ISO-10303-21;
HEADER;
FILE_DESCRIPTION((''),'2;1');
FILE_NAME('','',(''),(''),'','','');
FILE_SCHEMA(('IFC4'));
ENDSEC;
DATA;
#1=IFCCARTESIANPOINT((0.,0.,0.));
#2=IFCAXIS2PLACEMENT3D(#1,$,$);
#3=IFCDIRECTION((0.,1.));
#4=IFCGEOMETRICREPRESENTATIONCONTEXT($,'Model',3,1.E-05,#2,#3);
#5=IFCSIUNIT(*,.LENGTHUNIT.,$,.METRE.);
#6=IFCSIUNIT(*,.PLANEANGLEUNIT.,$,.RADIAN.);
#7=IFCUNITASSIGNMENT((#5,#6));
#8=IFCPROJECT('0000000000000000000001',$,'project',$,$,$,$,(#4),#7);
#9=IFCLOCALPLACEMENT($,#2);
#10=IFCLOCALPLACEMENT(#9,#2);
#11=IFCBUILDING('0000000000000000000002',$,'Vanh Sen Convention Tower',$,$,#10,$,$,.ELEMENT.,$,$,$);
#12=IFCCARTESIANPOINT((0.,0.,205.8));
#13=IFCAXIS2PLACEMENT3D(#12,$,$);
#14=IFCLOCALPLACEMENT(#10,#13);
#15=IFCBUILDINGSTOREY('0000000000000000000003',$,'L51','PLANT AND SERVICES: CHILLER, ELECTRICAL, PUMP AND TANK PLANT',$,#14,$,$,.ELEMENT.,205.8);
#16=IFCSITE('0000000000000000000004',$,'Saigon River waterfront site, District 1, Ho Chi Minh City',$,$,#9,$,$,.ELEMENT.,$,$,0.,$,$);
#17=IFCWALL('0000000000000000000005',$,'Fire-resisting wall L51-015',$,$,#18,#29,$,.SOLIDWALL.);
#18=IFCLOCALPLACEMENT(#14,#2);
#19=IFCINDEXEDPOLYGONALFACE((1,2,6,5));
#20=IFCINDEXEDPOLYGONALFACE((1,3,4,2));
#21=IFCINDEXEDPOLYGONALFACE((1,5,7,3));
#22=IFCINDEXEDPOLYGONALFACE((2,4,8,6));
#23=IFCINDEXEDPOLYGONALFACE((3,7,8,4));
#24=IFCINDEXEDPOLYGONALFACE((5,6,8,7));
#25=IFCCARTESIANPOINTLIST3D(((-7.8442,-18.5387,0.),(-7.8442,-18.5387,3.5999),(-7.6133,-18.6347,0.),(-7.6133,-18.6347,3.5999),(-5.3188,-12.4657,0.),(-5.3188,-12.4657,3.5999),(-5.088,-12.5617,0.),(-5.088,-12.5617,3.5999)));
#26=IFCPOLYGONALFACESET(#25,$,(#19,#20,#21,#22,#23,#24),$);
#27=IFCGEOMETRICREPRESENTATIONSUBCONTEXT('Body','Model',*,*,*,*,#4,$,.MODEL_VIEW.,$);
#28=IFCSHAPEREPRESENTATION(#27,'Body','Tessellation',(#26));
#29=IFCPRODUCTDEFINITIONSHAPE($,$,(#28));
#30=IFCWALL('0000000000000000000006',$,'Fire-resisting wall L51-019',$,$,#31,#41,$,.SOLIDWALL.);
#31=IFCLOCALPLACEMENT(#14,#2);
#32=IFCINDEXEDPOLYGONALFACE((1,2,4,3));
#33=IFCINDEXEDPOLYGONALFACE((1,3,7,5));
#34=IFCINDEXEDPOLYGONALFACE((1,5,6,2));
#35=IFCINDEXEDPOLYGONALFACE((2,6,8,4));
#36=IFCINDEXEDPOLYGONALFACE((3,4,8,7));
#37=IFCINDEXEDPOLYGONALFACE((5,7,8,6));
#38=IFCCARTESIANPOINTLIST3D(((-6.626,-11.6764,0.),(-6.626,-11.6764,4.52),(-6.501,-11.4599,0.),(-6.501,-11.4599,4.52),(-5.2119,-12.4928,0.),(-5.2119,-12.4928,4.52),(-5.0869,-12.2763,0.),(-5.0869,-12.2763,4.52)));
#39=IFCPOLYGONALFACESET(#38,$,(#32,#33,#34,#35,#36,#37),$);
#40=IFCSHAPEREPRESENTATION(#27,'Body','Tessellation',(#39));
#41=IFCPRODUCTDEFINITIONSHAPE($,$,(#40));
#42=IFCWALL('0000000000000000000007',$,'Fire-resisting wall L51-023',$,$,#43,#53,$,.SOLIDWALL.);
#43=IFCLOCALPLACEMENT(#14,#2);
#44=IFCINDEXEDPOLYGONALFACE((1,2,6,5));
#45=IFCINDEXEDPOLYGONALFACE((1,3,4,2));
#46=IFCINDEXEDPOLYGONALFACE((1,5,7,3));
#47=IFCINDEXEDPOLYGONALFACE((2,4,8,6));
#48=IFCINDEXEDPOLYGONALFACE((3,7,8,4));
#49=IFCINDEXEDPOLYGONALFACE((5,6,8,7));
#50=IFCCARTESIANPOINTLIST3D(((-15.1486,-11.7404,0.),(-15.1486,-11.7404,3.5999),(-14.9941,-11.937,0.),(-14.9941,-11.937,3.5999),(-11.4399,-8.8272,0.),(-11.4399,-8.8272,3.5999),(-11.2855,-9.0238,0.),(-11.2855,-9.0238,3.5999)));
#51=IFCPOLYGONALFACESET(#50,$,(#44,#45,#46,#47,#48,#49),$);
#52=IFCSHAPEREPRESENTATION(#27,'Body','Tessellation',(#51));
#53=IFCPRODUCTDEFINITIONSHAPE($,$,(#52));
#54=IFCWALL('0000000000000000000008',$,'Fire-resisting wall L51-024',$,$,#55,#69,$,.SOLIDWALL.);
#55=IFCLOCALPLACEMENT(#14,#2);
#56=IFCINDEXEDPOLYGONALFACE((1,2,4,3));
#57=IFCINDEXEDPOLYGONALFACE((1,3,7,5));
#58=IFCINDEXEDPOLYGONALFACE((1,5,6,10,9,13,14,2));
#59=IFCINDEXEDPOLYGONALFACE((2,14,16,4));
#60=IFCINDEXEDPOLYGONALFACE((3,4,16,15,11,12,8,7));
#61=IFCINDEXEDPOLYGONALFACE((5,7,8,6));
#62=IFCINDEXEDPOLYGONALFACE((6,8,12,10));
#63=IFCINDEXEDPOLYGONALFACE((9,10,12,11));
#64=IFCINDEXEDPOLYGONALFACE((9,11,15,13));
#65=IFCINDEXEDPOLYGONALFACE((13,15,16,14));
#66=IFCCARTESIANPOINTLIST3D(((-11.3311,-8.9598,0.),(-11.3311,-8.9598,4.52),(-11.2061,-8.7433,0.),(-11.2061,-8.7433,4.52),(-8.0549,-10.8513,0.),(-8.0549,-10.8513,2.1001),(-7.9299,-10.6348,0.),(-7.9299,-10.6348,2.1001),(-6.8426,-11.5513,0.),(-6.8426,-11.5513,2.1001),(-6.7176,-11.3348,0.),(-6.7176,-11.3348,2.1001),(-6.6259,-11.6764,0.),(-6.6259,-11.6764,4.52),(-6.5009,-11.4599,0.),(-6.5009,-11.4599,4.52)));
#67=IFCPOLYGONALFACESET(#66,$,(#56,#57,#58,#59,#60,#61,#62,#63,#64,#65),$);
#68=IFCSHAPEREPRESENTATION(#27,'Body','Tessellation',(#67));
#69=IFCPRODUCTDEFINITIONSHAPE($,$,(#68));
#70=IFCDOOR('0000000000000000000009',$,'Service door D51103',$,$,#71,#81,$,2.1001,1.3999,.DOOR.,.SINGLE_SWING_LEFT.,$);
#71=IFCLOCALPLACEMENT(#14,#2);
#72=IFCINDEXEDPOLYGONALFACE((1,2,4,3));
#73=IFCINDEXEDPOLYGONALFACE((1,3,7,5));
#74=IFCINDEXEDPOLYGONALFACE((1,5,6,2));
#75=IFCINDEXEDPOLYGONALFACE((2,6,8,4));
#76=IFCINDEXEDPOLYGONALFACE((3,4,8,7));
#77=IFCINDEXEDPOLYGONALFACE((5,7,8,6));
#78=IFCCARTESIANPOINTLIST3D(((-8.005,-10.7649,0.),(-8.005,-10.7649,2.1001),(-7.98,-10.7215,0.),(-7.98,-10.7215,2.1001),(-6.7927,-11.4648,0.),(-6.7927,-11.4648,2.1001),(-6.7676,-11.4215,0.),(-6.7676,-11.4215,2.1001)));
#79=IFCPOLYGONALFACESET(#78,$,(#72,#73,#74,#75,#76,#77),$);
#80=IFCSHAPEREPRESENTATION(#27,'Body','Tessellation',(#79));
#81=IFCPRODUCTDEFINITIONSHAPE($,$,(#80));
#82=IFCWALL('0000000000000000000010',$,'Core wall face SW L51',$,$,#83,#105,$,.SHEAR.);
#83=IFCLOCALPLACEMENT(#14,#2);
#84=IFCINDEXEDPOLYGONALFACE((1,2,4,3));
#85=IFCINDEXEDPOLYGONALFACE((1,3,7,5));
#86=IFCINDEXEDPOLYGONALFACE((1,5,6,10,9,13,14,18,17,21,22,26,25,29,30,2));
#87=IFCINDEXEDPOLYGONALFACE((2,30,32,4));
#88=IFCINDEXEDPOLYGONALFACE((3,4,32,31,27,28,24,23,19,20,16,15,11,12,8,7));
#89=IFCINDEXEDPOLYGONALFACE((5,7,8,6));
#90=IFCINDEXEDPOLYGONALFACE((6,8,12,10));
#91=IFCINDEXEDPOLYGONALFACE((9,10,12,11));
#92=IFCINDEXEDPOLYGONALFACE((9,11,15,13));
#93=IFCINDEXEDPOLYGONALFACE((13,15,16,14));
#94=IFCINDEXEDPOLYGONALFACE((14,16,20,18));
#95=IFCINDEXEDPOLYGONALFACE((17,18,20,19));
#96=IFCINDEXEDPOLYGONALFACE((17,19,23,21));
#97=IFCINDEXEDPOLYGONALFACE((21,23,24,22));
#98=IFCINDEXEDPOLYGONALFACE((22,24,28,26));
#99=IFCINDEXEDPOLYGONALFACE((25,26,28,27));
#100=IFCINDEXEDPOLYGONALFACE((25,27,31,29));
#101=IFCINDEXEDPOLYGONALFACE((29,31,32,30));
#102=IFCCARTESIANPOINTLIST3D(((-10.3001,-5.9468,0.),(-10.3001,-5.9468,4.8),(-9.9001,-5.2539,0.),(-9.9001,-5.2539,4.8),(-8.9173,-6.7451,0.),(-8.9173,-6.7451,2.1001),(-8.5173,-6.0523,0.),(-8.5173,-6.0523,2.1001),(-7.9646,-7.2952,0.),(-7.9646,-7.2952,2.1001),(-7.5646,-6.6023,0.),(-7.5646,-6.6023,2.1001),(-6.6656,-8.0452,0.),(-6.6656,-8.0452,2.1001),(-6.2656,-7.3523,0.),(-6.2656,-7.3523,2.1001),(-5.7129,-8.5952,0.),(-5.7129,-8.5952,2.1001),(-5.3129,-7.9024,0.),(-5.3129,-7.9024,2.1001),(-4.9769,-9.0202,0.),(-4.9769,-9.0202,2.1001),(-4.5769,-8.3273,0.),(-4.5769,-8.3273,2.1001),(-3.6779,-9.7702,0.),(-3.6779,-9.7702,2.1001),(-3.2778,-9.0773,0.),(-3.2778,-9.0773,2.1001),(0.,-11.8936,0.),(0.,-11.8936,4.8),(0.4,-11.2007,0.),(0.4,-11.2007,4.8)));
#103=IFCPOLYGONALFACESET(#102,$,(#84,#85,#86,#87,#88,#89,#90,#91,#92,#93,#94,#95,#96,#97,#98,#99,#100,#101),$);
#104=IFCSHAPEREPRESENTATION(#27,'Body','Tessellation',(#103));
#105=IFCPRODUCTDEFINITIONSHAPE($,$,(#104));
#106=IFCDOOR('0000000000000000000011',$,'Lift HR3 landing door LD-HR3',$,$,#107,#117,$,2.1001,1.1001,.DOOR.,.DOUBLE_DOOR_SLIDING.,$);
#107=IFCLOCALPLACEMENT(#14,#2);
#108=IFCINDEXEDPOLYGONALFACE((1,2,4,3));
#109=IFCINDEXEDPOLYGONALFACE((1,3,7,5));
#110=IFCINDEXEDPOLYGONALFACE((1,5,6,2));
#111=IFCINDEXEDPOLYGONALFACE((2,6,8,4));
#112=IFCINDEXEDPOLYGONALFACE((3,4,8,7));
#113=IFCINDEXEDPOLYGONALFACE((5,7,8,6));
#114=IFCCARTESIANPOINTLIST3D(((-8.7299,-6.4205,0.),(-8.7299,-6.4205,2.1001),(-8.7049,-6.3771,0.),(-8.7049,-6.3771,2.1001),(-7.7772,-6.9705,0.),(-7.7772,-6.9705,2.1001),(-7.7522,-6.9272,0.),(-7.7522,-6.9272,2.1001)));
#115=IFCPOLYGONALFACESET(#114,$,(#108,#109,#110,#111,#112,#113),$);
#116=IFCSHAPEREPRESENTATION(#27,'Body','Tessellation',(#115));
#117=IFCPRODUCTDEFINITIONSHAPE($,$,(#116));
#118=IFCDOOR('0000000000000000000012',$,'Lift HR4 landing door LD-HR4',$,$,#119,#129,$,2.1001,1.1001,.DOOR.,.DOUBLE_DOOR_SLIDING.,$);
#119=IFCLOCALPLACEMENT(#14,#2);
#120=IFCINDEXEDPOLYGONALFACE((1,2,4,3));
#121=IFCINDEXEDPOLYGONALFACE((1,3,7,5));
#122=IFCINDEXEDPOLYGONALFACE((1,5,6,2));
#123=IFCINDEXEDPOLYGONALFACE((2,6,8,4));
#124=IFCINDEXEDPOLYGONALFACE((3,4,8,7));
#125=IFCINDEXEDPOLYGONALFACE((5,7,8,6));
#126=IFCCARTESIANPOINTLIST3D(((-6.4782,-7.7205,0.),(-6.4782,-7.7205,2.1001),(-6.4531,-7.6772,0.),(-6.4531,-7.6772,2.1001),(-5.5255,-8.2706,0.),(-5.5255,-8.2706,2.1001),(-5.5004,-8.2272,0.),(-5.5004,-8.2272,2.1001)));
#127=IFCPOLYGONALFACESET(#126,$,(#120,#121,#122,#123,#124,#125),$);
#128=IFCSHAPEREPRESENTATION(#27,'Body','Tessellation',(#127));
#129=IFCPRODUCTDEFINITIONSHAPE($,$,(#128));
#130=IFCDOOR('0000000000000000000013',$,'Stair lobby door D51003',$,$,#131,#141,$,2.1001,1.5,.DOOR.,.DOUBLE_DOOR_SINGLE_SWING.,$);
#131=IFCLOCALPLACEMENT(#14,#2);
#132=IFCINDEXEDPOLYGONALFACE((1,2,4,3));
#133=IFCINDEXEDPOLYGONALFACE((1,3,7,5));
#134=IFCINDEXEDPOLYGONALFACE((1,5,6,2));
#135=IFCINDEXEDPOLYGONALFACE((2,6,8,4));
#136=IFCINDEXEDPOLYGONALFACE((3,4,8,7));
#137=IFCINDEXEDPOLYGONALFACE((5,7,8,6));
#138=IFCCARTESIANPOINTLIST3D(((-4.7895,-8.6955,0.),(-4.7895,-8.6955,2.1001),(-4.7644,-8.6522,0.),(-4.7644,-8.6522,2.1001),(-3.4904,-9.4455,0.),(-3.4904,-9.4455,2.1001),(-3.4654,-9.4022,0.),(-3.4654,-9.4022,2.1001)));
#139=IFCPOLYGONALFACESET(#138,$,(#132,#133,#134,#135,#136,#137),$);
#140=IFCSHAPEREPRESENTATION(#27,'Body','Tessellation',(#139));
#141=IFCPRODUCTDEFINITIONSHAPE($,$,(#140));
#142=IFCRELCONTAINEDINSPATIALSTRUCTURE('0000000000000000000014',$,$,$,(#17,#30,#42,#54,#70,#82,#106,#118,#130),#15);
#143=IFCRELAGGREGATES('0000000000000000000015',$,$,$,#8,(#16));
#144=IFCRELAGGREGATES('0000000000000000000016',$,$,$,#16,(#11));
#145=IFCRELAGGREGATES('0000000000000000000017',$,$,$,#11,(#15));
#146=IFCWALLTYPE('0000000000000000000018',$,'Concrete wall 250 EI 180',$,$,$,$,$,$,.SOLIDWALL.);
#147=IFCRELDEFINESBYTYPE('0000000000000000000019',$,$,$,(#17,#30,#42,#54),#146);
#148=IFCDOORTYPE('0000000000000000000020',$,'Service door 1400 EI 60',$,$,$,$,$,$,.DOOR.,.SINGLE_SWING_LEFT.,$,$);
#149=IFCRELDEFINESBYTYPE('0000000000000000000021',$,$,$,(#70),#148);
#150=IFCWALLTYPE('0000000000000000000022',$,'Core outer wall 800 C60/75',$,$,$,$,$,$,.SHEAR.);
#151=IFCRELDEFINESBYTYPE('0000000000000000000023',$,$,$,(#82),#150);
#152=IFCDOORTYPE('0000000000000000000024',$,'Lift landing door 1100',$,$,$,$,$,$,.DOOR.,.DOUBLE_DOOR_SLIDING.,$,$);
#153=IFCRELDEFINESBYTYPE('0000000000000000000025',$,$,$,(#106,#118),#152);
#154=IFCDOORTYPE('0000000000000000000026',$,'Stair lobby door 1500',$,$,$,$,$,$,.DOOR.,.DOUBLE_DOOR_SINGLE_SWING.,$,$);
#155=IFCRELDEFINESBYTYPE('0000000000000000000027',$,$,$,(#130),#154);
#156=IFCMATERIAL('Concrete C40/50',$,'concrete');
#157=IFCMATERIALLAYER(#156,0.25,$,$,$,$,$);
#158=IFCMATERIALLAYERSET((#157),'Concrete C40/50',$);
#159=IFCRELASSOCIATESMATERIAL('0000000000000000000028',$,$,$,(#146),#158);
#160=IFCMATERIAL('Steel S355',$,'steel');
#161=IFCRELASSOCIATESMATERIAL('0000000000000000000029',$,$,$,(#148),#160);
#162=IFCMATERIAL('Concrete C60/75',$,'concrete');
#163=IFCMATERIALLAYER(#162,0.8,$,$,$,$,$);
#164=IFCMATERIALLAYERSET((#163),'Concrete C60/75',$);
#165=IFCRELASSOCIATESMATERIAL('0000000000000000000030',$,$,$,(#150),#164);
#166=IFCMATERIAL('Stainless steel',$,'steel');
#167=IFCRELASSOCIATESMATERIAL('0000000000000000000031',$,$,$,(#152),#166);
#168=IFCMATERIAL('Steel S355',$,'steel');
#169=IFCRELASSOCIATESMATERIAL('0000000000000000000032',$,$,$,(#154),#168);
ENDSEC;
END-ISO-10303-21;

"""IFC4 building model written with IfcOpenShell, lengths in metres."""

from ifc_helpers import new_model, si_unit, direction, frame, frame_2d, origin, place, context, subcontext, project, spatial, rectangle, extrude, material, layer, layer_set, type_object, element, fill, save


model = new_model("IFC4")

# Units and contexts
model_context = context("Model", 3, precision=1e-05, world=origin(), true_north=direction((0.0, 1.0)))
body_context = subcontext(model_context, "Body", "Model", "MODEL_VIEW")
ifc_project = project(units=[si_unit("LENGTHUNIT", "METRE"), si_unit("PLANEANGLEUNIT", "RADIAN")], contexts=[model_context])

# Site, building, storey
site_placement = place(None, origin())
site = spatial("IfcSite", under=ifc_project, at=site_placement, Name="Saigon River waterfront site, District 1, Ho Chi Minh City", CompositionType="ELEMENT", RefElevation=0.0)
building_placement = place(site_placement, origin())
building = spatial("IfcBuilding", under=site, at=building_placement, Name="Vanh Sen Convention Tower", CompositionType="ELEMENT")
storey_placement = place(building_placement, frame((0.0, 0.0, 205.8)))
storey = spatial("IfcBuildingStorey", under=building, at=storey_placement, Name="L51", Description="PLANT AND SERVICES: CHILLER, ELECTRICAL, PUMP AND TANK PLANT", CompositionType="ELEMENT", Elevation=205.8)

# Walls
ifc_material_1 = material(Name="Concrete C40/50", Category="concrete")
ifc_layer_1 = layer(ifc_material_1, 0.25)
ifc_layer_set_1 = layer_set([ifc_layer_1], Name="Concrete C40/50")
wall_type_1 = type_object("IfcWallType", Name="Concrete wall 250 EI 180", PredefinedType="SOLIDWALL", material=ifc_layer_set_1)
wall_1_placement = place(storey_placement, frame((-5.2034, -12.5137, 0.0), z_axis=(0.0, 0.0, 1.0), x_axis=(-0.383964, -0.923348, 0.0)))
element("IfcWall", 1, at=wall_1_placement, inside=storey, type_object=wall_type_1, Name="Fire-resisting wall L51-015", PredefinedType="SOLIDWALL", context=body_context, shape_type="SweptSolid", body=[
    extrude(rectangle(XDim=6.5771, YDim=0.25, at=frame_2d((3.2886, 0.0))), origin(), (0.0, 0.0, 1.0), 3.5999),
])
wall_2_placement = place(storey_placement, frame((-6.5635, -11.5681, 0.0), z_axis=(0.0, 0.0, 1.0), x_axis=(0.866026, -0.499999, 0.0)))
element("IfcWall", 2, at=wall_2_placement, inside=storey, type_object=wall_type_1, Name="Fire-resisting wall L51-019", PredefinedType="SOLIDWALL", context=body_context, shape_type="SweptSolid", body=[
    extrude(rectangle(XDim=1.6328, YDim=0.25, at=frame_2d((0.8164, 0.0))), origin(), (0.0, 0.0, 1.0), 4.52),
])
wall_3_placement = place(storey_placement, frame((-11.3628, -8.9255, 0.0), z_axis=(0.0, 0.0, 1.0), x_axis=(-0.786388, -0.617732, 0.0)))
element("IfcWall", 3, at=wall_3_placement, inside=storey, type_object=wall_type_1, Name="Fire-resisting wall L51-023", PredefinedType="SOLIDWALL", context=body_context, shape_type="SweptSolid", body=[
    extrude(rectangle(XDim=4.7161, YDim=0.25, at=frame_2d((2.3579, 0.0))), origin(), (0.0, 0.0, 1.0), 3.5999),
])

# Wall, opening, door
wall_4_placement = place(storey_placement, frame((-11.2686, -8.8516, 0.0), z_axis=(0.0, 0.0, 1.0), x_axis=(0.866019, -0.50001, 0.0)))
wall_4 = element("IfcWall", 4, at=wall_4_placement, inside=storey, type_object=wall_type_1, Name="Fire-resisting wall L51-024", PredefinedType="SOLIDWALL", context=body_context, shape_type="SweptSolid", body=[
    extrude(rectangle(XDim=5.4331, YDim=0.25, at=frame_2d((2.7166, 0.0))), origin(), (0.0, 0.0, 1.0), 4.52),
])
opening_1_placement = place(wall_4_placement, frame((3.783, 0.0, 0.0)))
opening_1 = element("IfcOpeningElement", 5, at=opening_1_placement, cuts=wall_4, PredefinedType="OPENING", context=body_context, shape_type="SweptSolid", body=[
    extrude(rectangle(XDim=1.3999, YDim=2.1001, at=frame_2d((0.7, 1.05))), frame((0.0, 0.135, 0.0), z_axis=(0.0, -1.0, 0.0), x_axis=(1.0, 0.0, 0.0)), (0.0, 0.0, 1.0), 0.27),
])
ifc_material_2 = material(Name="Steel S355", Category="steel")
door_type_1 = type_object("IfcDoorType", Name="Service door 1400 EI 60", OperationType="SINGLE_SWING_LEFT", PredefinedType="DOOR", material=ifc_material_2)
door_1_placement = place(opening_1_placement, origin())
door_1 = element("IfcDoor", 6, at=door_1_placement, inside=storey, type_object=door_type_1, Name="Service door D51103", OperationType="SINGLE_SWING_LEFT", OverallHeight=2.1001, OverallWidth=1.3999, PredefinedType="DOOR", context=body_context, shape_type="SweptSolid", body=[
    extrude(rectangle(XDim=1.3999, YDim=2.1001, at=frame_2d((0.7, 1.05))), frame((0.0, 0.0249, 0.0), z_axis=(0.0, -1.0, 0.0), x_axis=(1.0, 0.0, 0.0)), (0.0, 0.0, 1.0), 0.05),
])
fill(opening_1, door_1)

# Wall, openings, doors
ifc_material_3 = material(Name="Concrete C60/75", Category="concrete")
ifc_layer_2 = layer(ifc_material_3, 0.8)
ifc_layer_set_2 = layer_set([ifc_layer_2], Name="Concrete C60/75")
wall_type_2 = type_object("IfcWallType", Name="Core outer wall 800 C60/75", PredefinedType="SHEAR", material=ifc_layer_set_2)
wall_5_placement = place(storey_placement, frame((-10.1001, -5.6003, 0.0), z_axis=(0.0, 0.0, 1.0), x_axis=(0.866024, -0.500003, 0.0)))
wall_5 = element("IfcWall", 7, at=wall_5_placement, inside=storey, type_object=wall_type_2, Name="Core wall face SW L51", PredefinedType="SHEAR", context=body_context, shape_type="SweptSolid", body=[
    extrude(rectangle(XDim=11.8936, YDim=0.8, at=frame_2d((5.9468, 0.0))), origin(), (0.0, 0.0, 1.0), 4.8),
])
opening_2_placement = place(wall_5_placement, frame((6.1467, 0.0, 0.0)))
opening_2 = element("IfcOpeningElement", 8, at=opening_2_placement, cuts=wall_5, PredefinedType="OPENING", context=body_context, shape_type="SweptSolid", body=[
    extrude(rectangle(XDim=1.5, YDim=2.1001, at=frame_2d((0.75, 1.05))), frame((0.0, 0.4099, 0.0), z_axis=(0.0, -1.0, 0.0), x_axis=(1.0, 0.0, 0.0)), (0.0, 0.0, 1.0), 0.8201),
])
opening_3_placement = place(wall_5_placement, frame((1.5967, 0.0, 0.0)))
opening_3 = element("IfcOpeningElement", 9, at=opening_3_placement, cuts=wall_5, PredefinedType="OPENING", context=body_context, shape_type="SweptSolid", body=[
    extrude(rectangle(XDim=1.1001, YDim=2.1001, at=frame_2d((0.55, 1.05))), frame((0.0, 0.4099, 0.0), z_axis=(0.0, -1.0, 0.0), x_axis=(1.0, 0.0, 0.0)), (0.0, 0.0, 1.0), 0.8201),
])
opening_4_placement = place(wall_5_placement, frame((4.1968, 0.0, 0.0)))
opening_4 = element("IfcOpeningElement", 10, at=opening_4_placement, cuts=wall_5, PredefinedType="OPENING", context=body_context, shape_type="SweptSolid", body=[
    extrude(rectangle(XDim=1.1001, YDim=2.1001, at=frame_2d((0.55, 1.05))), frame((0.0, 0.4099, 0.0), z_axis=(0.0, -1.0, 0.0), x_axis=(1.0, 0.0, 0.0)), (0.0, 0.0, 1.0), 0.8201),
])
ifc_material_4 = material(Name="Stainless steel", Category="steel")
door_type_2 = type_object("IfcDoorType", Name="Lift landing door 1100", OperationType="DOUBLE_DOOR_SLIDING", PredefinedType="DOOR", material=ifc_material_4)
door_2_placement = place(opening_3_placement, origin())
door_2 = element("IfcDoor", 11, at=door_2_placement, inside=storey, type_object=door_type_2, Name="Lift HR3 landing door LD-HR3", OperationType="DOUBLE_DOOR_SLIDING", OverallHeight=2.1001, OverallWidth=1.1001, PredefinedType="DOOR", context=body_context, shape_type="SweptSolid", body=[
    extrude(rectangle(XDim=1.1001, YDim=2.1001, at=frame_2d((0.55, 1.05))), frame((0.0, 0.0249, 0.0), z_axis=(0.0, -1.0, 0.0), x_axis=(1.0, 0.0, 0.0)), (0.0, 0.0, 1.0), 0.05),
])
fill(opening_3, door_2)
door_3_placement = place(opening_4_placement, origin())
door_3 = element("IfcDoor", 12, at=door_3_placement, inside=storey, type_object=door_type_2, Name="Lift HR4 landing door LD-HR4", OperationType="DOUBLE_DOOR_SLIDING", OverallHeight=2.1001, OverallWidth=1.1001, PredefinedType="DOOR", context=body_context, shape_type="SweptSolid", body=[
    extrude(rectangle(XDim=1.1001, YDim=2.1001, at=frame_2d((0.55, 1.05))), frame((0.0, 0.0249, 0.0), z_axis=(0.0, -1.0, 0.0), x_axis=(1.0, 0.0, 0.0)), (0.0, 0.0, 1.0), 0.05),
])
fill(opening_4, door_3)
ifc_material_5 = material(Name="Steel S355", Category="steel")
door_type_3 = type_object("IfcDoorType", Name="Stair lobby door 1500", OperationType="DOUBLE_DOOR_SINGLE_SWING", PredefinedType="DOOR", material=ifc_material_5)
door_4_placement = place(opening_2_placement, origin())
door_4 = element("IfcDoor", 13, at=door_4_placement, inside=storey, type_object=door_type_3, Name="Stair lobby door D51003", OperationType="DOUBLE_DOOR_SINGLE_SWING", OverallHeight=2.1001, OverallWidth=1.5, PredefinedType="DOOR", context=body_context, shape_type="SweptSolid", body=[
    extrude(rectangle(XDim=1.5, YDim=2.1001, at=frame_2d((0.75, 1.05))), frame((0.0, 0.0249, 0.0), z_axis=(0.0, -1.0, 0.0), x_axis=(1.0, 0.0, 0.0)), (0.0, 0.0, 1.0), 0.05),
])
fill(opening_2, door_4)

save(model, "model.ifc")
